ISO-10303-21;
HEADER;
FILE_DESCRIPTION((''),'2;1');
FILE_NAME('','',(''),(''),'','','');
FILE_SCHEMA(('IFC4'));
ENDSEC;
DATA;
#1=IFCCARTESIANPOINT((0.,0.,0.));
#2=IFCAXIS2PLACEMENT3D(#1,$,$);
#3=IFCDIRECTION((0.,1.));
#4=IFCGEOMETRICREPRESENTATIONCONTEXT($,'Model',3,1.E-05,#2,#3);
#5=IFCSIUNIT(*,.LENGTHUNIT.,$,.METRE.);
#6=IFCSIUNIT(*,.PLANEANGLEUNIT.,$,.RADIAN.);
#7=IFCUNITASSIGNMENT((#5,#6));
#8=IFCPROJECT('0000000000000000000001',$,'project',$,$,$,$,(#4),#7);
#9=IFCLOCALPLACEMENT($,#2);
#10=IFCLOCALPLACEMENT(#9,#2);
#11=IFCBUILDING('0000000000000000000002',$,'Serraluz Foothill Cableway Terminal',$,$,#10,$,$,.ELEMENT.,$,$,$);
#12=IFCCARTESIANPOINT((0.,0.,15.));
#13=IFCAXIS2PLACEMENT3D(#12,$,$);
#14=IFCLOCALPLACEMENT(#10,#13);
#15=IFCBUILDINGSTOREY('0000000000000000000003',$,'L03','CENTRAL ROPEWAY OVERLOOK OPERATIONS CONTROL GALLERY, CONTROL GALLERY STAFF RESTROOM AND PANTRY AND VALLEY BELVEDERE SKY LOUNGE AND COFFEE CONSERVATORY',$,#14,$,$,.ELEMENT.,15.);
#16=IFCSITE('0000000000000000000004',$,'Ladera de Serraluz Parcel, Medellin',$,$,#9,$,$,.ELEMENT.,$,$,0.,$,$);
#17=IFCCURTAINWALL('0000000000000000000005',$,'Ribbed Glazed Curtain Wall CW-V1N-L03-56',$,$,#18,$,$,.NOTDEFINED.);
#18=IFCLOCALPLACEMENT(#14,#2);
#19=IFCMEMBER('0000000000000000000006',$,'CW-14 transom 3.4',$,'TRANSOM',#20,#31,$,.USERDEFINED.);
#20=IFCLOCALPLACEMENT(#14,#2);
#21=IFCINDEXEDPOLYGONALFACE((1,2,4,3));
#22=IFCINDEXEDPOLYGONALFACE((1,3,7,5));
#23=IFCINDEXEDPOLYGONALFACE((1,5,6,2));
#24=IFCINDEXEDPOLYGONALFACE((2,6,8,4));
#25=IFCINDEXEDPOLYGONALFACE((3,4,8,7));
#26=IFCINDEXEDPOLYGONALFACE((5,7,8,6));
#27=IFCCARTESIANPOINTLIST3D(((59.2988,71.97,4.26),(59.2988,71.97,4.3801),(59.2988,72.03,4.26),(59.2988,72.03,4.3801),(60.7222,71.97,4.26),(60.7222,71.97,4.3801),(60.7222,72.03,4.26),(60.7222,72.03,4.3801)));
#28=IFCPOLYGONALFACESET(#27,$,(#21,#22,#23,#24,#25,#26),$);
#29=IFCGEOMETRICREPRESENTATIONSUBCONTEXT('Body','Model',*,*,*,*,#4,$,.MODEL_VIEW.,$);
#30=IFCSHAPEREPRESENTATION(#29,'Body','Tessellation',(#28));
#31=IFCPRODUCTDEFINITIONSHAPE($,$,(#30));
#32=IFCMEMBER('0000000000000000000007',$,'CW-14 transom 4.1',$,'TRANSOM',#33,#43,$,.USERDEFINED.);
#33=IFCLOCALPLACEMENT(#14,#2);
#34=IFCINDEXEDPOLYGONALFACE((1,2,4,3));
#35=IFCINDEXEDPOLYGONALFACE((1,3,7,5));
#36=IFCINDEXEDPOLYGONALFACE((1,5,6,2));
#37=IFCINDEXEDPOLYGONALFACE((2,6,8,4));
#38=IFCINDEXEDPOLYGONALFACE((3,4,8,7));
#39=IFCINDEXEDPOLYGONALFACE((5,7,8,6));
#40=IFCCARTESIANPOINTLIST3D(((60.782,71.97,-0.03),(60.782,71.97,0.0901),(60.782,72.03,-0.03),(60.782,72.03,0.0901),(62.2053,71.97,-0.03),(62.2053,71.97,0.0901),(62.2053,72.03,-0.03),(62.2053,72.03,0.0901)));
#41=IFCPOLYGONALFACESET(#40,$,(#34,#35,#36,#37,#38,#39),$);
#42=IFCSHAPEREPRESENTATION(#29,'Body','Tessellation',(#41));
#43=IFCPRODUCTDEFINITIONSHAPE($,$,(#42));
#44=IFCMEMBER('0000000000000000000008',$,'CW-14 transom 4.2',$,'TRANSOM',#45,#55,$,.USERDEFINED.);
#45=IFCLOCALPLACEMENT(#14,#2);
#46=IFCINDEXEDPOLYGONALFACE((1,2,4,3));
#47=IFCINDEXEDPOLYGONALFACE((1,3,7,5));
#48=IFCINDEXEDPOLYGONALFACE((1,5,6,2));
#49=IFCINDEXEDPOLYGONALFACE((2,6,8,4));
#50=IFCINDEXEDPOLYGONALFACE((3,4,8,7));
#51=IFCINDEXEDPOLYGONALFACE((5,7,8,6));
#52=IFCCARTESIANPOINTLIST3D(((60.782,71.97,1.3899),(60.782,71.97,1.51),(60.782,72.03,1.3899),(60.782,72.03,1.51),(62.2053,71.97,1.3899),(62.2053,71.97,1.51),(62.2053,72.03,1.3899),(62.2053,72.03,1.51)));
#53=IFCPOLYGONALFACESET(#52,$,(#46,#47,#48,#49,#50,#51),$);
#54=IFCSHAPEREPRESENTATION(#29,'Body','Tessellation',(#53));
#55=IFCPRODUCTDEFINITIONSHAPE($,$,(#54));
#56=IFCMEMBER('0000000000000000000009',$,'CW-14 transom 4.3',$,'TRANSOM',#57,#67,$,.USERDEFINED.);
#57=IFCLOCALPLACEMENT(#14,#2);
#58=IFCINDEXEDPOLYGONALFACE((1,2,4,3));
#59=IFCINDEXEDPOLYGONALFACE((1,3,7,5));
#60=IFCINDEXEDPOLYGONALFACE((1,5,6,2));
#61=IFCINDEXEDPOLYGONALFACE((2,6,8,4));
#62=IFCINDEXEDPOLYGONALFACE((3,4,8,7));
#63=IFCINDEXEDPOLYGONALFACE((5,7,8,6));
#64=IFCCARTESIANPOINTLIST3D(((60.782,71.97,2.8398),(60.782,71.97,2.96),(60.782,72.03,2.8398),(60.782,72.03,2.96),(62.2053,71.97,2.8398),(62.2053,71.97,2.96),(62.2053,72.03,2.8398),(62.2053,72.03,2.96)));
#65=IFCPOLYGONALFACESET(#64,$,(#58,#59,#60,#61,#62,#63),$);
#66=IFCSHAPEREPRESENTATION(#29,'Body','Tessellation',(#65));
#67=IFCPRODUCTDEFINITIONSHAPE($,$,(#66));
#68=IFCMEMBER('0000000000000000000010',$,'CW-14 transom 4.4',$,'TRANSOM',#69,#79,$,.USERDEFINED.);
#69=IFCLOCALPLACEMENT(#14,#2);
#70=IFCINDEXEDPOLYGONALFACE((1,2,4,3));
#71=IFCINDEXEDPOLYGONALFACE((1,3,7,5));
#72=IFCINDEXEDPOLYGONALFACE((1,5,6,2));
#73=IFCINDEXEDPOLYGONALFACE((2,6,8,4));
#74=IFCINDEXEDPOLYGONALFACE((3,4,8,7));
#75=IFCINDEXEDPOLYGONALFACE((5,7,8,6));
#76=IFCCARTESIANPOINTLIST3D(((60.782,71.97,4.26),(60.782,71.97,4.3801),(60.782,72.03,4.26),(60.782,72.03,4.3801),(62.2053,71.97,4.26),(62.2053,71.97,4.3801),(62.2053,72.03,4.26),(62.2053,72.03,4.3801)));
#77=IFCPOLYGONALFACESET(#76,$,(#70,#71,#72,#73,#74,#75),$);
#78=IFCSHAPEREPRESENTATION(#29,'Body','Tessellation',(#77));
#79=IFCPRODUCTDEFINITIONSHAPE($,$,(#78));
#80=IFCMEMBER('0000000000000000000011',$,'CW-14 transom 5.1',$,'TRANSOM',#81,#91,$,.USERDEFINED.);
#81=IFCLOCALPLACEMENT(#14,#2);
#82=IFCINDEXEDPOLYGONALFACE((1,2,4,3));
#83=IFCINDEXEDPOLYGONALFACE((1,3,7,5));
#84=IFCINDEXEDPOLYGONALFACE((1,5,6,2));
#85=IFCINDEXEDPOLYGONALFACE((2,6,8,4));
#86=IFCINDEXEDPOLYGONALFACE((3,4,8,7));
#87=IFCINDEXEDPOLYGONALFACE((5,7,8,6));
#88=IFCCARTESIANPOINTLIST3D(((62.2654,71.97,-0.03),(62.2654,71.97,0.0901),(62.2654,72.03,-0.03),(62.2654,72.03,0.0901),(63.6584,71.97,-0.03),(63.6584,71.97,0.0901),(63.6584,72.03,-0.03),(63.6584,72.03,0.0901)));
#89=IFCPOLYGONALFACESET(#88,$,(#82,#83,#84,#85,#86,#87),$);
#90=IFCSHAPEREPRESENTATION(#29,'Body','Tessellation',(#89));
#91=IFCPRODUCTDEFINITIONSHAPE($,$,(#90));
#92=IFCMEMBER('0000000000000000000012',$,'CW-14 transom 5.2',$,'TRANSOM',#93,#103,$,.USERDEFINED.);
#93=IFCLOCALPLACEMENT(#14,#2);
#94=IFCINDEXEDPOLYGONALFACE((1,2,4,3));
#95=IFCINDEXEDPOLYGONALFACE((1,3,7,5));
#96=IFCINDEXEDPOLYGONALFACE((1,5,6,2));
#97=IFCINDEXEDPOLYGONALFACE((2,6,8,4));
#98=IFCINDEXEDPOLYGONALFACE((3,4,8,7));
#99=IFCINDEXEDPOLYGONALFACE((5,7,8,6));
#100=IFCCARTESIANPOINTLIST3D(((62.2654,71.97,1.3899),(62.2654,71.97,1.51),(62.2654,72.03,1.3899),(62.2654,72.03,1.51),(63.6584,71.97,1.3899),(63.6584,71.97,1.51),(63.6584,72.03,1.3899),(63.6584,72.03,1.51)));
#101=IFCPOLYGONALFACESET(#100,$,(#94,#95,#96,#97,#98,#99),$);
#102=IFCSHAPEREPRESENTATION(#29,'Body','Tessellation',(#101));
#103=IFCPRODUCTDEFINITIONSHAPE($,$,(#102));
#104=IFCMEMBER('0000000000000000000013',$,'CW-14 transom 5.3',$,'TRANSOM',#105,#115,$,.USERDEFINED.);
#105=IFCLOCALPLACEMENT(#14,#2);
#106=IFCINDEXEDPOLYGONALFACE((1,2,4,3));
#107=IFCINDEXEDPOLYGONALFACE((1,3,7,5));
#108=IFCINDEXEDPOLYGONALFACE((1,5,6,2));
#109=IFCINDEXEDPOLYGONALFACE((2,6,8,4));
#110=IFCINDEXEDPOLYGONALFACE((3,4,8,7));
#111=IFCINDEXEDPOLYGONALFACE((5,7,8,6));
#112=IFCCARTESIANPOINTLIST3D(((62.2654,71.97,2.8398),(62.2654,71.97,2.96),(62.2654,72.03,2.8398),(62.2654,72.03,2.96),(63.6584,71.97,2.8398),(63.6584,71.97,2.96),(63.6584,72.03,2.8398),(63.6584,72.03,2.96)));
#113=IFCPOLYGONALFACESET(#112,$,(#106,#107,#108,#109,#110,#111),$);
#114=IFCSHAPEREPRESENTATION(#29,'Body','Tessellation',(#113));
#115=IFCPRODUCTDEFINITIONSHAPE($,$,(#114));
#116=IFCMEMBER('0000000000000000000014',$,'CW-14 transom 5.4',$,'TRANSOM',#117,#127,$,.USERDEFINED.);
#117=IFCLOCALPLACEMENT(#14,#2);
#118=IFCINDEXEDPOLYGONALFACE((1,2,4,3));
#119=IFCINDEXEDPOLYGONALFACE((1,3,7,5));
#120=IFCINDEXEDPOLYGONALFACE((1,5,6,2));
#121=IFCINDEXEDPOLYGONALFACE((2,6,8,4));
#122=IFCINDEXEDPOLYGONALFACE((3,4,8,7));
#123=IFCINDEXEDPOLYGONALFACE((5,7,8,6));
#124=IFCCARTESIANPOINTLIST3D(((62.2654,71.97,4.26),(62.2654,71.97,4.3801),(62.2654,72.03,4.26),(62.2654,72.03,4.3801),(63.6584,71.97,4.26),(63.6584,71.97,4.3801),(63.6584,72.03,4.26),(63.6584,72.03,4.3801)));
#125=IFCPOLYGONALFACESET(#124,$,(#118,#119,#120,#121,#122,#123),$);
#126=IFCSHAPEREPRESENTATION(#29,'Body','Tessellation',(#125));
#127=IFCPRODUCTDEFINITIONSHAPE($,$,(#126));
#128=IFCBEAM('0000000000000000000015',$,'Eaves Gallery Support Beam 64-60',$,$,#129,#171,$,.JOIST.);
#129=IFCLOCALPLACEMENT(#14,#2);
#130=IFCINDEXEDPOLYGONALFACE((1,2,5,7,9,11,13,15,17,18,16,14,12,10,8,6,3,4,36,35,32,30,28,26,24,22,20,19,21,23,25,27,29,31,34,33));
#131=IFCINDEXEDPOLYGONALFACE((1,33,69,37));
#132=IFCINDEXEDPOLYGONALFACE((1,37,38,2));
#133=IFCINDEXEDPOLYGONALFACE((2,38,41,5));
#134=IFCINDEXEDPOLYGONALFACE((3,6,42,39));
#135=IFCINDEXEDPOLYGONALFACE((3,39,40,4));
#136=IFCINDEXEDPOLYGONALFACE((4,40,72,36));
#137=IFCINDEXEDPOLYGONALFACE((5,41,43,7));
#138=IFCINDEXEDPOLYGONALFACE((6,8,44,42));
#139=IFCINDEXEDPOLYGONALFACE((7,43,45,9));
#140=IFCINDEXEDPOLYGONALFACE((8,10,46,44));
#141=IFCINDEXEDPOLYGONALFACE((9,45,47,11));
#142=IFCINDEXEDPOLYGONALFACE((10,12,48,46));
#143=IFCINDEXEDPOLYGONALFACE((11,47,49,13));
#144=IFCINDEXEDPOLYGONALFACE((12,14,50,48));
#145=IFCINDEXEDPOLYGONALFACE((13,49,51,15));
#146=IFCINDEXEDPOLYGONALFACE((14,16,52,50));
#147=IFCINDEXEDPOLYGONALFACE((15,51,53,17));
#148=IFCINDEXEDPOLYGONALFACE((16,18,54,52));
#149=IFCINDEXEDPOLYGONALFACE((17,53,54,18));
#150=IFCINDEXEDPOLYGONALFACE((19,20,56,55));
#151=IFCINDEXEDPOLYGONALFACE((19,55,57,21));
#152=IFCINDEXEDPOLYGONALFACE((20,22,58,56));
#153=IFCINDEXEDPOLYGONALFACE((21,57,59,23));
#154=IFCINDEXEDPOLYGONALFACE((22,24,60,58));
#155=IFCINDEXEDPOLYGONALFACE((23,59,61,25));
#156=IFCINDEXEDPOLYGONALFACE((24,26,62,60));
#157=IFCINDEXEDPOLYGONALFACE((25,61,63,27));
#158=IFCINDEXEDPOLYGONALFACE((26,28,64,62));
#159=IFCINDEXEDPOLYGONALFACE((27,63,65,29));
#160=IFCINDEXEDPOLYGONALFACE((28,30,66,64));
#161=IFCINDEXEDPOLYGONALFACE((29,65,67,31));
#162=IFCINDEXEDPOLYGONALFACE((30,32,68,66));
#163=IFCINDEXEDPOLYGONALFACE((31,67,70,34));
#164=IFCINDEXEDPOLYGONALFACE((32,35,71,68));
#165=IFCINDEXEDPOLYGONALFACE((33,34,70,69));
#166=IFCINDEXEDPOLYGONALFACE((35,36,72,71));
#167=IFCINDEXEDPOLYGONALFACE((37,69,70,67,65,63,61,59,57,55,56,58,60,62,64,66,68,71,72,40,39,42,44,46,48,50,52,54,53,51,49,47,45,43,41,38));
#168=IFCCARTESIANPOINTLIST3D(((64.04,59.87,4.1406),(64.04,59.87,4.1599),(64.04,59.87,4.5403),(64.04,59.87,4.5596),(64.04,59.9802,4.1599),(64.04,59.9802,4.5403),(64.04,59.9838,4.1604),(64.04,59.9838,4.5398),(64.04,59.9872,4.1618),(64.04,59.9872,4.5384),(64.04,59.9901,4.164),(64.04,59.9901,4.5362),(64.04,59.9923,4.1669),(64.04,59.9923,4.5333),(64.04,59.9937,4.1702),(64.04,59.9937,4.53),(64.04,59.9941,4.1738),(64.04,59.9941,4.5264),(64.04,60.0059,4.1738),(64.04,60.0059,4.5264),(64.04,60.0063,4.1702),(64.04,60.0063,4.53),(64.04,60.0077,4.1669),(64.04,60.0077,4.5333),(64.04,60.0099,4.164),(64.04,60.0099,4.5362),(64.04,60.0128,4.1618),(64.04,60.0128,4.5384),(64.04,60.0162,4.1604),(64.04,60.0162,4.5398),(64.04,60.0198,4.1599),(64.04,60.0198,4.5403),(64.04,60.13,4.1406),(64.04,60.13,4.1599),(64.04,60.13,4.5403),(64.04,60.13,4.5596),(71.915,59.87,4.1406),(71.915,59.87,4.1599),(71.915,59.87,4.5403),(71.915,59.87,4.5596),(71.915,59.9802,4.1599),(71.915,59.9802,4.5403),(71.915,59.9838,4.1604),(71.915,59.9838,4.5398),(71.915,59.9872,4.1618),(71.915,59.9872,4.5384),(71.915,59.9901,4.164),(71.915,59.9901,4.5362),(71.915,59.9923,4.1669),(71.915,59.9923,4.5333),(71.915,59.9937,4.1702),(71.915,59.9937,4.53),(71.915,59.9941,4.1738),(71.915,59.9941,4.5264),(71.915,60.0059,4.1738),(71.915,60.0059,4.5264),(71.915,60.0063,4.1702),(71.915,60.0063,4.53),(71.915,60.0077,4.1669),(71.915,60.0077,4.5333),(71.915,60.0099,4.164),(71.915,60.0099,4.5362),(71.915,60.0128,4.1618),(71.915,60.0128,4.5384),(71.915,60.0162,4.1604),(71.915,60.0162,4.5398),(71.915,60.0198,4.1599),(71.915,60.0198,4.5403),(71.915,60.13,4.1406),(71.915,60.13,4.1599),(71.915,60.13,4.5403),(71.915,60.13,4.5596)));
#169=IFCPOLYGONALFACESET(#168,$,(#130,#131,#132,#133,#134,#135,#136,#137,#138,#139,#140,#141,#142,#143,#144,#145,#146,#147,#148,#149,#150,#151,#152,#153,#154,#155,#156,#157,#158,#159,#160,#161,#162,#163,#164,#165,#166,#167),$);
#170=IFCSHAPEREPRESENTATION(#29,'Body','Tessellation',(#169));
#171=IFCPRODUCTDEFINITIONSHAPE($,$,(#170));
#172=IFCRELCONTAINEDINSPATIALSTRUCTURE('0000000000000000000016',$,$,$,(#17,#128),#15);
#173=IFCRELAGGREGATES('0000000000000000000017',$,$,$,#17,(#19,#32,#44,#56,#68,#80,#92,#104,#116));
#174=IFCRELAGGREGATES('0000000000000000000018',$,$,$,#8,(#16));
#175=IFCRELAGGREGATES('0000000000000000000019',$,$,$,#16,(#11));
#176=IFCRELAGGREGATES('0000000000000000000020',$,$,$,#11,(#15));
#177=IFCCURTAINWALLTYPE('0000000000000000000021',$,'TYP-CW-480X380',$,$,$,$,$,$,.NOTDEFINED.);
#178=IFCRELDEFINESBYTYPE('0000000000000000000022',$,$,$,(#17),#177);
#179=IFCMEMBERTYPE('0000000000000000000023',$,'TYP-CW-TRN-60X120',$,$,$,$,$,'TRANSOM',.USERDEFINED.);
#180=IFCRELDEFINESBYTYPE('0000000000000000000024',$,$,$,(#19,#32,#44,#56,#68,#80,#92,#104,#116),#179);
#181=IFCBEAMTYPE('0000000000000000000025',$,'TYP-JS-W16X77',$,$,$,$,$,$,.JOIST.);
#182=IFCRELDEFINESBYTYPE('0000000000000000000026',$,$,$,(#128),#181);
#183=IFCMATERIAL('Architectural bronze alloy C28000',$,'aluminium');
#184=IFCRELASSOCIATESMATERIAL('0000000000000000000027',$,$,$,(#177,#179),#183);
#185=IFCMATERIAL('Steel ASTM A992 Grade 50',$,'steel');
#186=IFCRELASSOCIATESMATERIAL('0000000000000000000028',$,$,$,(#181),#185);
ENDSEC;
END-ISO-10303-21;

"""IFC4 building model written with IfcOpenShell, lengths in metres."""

from ifc_helpers import new_model, si_unit, direction, frame, origin, origin_2d, place, context, subcontext, project, spatial, rectangle, i_section, extrude, material, material_profile, profile_set, type_object, element, aggregate, save


model = new_model("IFC4")

# Units and contexts
model_context = context("Model", 3, precision=1e-05, world=origin(), true_north=direction((0.0, 1.0)))
body_context = subcontext(model_context, "Body", "Model", "MODEL_VIEW")
ifc_project = project(units=[si_unit("LENGTHUNIT", "METRE"), si_unit("PLANEANGLEUNIT", "RADIAN")], contexts=[model_context])

# Site, building, storey
site_placement = place(None, origin())
site = spatial("IfcSite", under=ifc_project, at=site_placement, Name="Ladera de Serraluz Parcel, Medellin", CompositionType="ELEMENT", RefElevation=0.0)
building_placement = place(site_placement, origin())
building = spatial("IfcBuilding", under=site, at=building_placement, Name="Serraluz Foothill Cableway Terminal", CompositionType="ELEMENT")
storey_placement = place(building_placement, frame((0.0, 0.0, 15.0)))
storey = spatial("IfcBuildingStorey", under=building, at=storey_placement, Name="L03", Description="CENTRAL ROPEWAY OVERLOOK OPERATIONS CONTROL GALLERY, CONTROL GALLERY STAFF RESTROOM AND PANTRY AND VALLEY BELVEDERE SKY LOUNGE AND COFFEE CONSERVATORY", CompositionType="ELEMENT", Elevation=15.0)

# Shared definitions
ifc_material_1 = material(Name="Steel ASTM A992 Grade 50", Category="steel")

# Curtain wall
ifc_material_2 = material(Name="Architectural bronze alloy C28000", Category="aluminium")
curtain_wall_type_1 = type_object("IfcCurtainWallType", Name="TYP-CW-480X380", PredefinedType="NOTDEFINED", material=ifc_material_2)
curtain_wall_1_placement = place(storey_placement, origin())
curtain_wall_1 = element("IfcCurtainWall", 1, at=curtain_wall_1_placement, inside=storey, type_object=curtain_wall_type_1, Name="Ribbed Glazed Curtain Wall CW-V1N-L03-56", PredefinedType="NOTDEFINED")

# Members
ifc_material_profile_1 = material_profile(ifc_material_2, rectangle(XDim=0.0601, YDim=0.1201, at=origin_2d()), Name="ALU TRANSOM 60x120")
ifc_profile_set_1 = profile_set([ifc_material_profile_1], Name="Architectural bronze alloy C28000")
member_type_1 = type_object("IfcMemberType", Name="TYP-CW-TRN-60X120", ElementType="TRANSOM", PredefinedType="USERDEFINED", material=ifc_profile_set_1)
member_1_placement = place(storey_placement, frame((59.2988, 72.0, 4.3201), z_axis=(1.0, 0.0, 0.0), x_axis=(0.0, 1.0, 0.0)))
member_1 = element("IfcMember", 2, at=member_1_placement, type_object=member_type_1, Name="CW-14 transom 3.4", ObjectType="TRANSOM", PredefinedType="USERDEFINED", context=body_context, shape_type="SweptSolid", body=[
    extrude(rectangle(XDim=0.0601, YDim=0.1201, at=origin_2d()), origin(), (0.0, 0.0, 1.0), 1.4233),
])
member_2_placement = place(storey_placement, frame((60.782, 72.0, 0.03), z_axis=(1.0, 0.0, 0.0), x_axis=(0.0, 1.0, 0.0)))
member_2 = element("IfcMember", 3, at=member_2_placement, type_object=member_type_1, Name="CW-14 transom 4.1", ObjectType="TRANSOM", PredefinedType="USERDEFINED", context=body_context, shape_type="SweptSolid", body=[
    extrude(rectangle(XDim=0.0601, YDim=0.1201, at=origin_2d()), origin(), (0.0, 0.0, 1.0), 1.4233),
])
member_3_placement = place(storey_placement, frame((60.782, 72.0, 1.45), z_axis=(1.0, 0.0, 0.0), x_axis=(0.0, 1.0, 0.0)))
member_3 = element("IfcMember", 4, at=member_3_placement, type_object=member_type_1, Name="CW-14 transom 4.2", ObjectType="TRANSOM", PredefinedType="USERDEFINED", context=body_context, shape_type="SweptSolid", body=[
    extrude(rectangle(XDim=0.0601, YDim=0.1201, at=origin_2d()), origin(), (0.0, 0.0, 1.0), 1.4233),
])
member_4_placement = place(storey_placement, frame((60.782, 72.0, 2.8999), z_axis=(1.0, 0.0, 0.0), x_axis=(0.0, 1.0, 0.0)))
member_4 = element("IfcMember", 5, at=member_4_placement, type_object=member_type_1, Name="CW-14 transom 4.3", ObjectType="TRANSOM", PredefinedType="USERDEFINED", context=body_context, shape_type="SweptSolid", body=[
    extrude(rectangle(XDim=0.0601, YDim=0.1201, at=origin_2d()), origin(), (0.0, 0.0, 1.0), 1.4233),
])
member_5_placement = place(storey_placement, frame((60.782, 72.0, 4.3201), z_axis=(1.0, 0.0, 0.0), x_axis=(0.0, 1.0, 0.0)))
member_5 = element("IfcMember", 6, at=member_5_placement, type_object=member_type_1, Name="CW-14 transom 4.4", ObjectType="TRANSOM", PredefinedType="USERDEFINED", context=body_context, shape_type="SweptSolid", body=[
    extrude(rectangle(XDim=0.0601, YDim=0.1201, at=origin_2d()), origin(), (0.0, 0.0, 1.0), 1.4233),
])
member_6_placement = place(storey_placement, frame((62.2654, 72.0, 0.03), z_axis=(1.0, 0.0, 0.0), x_axis=(0.0, 1.0, 0.0)))
member_6 = element("IfcMember", 7, at=member_6_placement, type_object=member_type_1, Name="CW-14 transom 5.1", ObjectType="TRANSOM", PredefinedType="USERDEFINED", context=body_context, shape_type="SweptSolid", body=[
    extrude(rectangle(XDim=0.0601, YDim=0.1201, at=origin_2d()), origin(), (0.0, 0.0, 1.0), 1.3931),
])
member_7_placement = place(storey_placement, frame((62.2654, 72.0, 1.45), z_axis=(1.0, 0.0, 0.0), x_axis=(0.0, 1.0, 0.0)))
member_7 = element("IfcMember", 8, at=member_7_placement, type_object=member_type_1, Name="CW-14 transom 5.2", ObjectType="TRANSOM", PredefinedType="USERDEFINED", context=body_context, shape_type="SweptSolid", body=[
    extrude(rectangle(XDim=0.0601, YDim=0.1201, at=origin_2d()), origin(), (0.0, 0.0, 1.0), 1.3931),
])
member_8_placement = place(storey_placement, frame((62.2654, 72.0, 2.8999), z_axis=(1.0, 0.0, 0.0), x_axis=(0.0, 1.0, 0.0)))
member_8 = element("IfcMember", 9, at=member_8_placement, type_object=member_type_1, Name="CW-14 transom 5.3", ObjectType="TRANSOM", PredefinedType="USERDEFINED", context=body_context, shape_type="SweptSolid", body=[
    extrude(rectangle(XDim=0.0601, YDim=0.1201, at=origin_2d()), origin(), (0.0, 0.0, 1.0), 1.3931),
])
member_9_placement = place(storey_placement, frame((62.2654, 72.0, 4.3201), z_axis=(1.0, 0.0, 0.0), x_axis=(0.0, 1.0, 0.0)))
member_9 = element("IfcMember", 10, at=member_9_placement, type_object=member_type_1, Name="CW-14 transom 5.4", ObjectType="TRANSOM", PredefinedType="USERDEFINED", context=body_context, shape_type="SweptSolid", body=[
    extrude(rectangle(XDim=0.0601, YDim=0.1201, at=origin_2d()), origin(), (0.0, 0.0, 1.0), 1.3931),
])

# Beam
ifc_material_profile_2 = material_profile(ifc_material_1, i_section(OverallWidth=0.26, OverallDepth=0.4189, WebThickness=0.0117, FlangeThickness=0.0193, FilletRadius=0.0139, at=origin_2d()), Name="W16X77")
ifc_profile_set_2 = profile_set([ifc_material_profile_2], Name="Steel ASTM A992 Grade 50")
beam_type_1 = type_object("IfcBeamType", Name="TYP-JS-W16X77", PredefinedType="JOIST", material=ifc_profile_set_2)
for number, where, z_axis, x_axis, name in (
    (11, (64.04, 60.0, 4.3501), (1.0, 0.0, 0.0), (0.0, 1.0, 0.0), "Eaves Gallery Support Beam 64-60"),
):
    element("IfcBeam", number, at=place(storey_placement, frame(where, z_axis=z_axis, x_axis=x_axis)), inside=storey, type_object=beam_type_1, Name=name, PredefinedType="JOIST", context=body_context, shape_type="SweptSolid", body=[
        extrude(i_section(OverallWidth=0.26, OverallDepth=0.4189, WebThickness=0.0117, FlangeThickness=0.0193, FilletRadius=0.0139, at=origin_2d()), origin(), (0.0, 0.0, 1.0), 7.875),
    ])

aggregate(curtain_wall_1, [member_1, member_2, member_3, member_4, member_5, member_6, member_7, member_8, member_9])

save(model, "model.ifc")
